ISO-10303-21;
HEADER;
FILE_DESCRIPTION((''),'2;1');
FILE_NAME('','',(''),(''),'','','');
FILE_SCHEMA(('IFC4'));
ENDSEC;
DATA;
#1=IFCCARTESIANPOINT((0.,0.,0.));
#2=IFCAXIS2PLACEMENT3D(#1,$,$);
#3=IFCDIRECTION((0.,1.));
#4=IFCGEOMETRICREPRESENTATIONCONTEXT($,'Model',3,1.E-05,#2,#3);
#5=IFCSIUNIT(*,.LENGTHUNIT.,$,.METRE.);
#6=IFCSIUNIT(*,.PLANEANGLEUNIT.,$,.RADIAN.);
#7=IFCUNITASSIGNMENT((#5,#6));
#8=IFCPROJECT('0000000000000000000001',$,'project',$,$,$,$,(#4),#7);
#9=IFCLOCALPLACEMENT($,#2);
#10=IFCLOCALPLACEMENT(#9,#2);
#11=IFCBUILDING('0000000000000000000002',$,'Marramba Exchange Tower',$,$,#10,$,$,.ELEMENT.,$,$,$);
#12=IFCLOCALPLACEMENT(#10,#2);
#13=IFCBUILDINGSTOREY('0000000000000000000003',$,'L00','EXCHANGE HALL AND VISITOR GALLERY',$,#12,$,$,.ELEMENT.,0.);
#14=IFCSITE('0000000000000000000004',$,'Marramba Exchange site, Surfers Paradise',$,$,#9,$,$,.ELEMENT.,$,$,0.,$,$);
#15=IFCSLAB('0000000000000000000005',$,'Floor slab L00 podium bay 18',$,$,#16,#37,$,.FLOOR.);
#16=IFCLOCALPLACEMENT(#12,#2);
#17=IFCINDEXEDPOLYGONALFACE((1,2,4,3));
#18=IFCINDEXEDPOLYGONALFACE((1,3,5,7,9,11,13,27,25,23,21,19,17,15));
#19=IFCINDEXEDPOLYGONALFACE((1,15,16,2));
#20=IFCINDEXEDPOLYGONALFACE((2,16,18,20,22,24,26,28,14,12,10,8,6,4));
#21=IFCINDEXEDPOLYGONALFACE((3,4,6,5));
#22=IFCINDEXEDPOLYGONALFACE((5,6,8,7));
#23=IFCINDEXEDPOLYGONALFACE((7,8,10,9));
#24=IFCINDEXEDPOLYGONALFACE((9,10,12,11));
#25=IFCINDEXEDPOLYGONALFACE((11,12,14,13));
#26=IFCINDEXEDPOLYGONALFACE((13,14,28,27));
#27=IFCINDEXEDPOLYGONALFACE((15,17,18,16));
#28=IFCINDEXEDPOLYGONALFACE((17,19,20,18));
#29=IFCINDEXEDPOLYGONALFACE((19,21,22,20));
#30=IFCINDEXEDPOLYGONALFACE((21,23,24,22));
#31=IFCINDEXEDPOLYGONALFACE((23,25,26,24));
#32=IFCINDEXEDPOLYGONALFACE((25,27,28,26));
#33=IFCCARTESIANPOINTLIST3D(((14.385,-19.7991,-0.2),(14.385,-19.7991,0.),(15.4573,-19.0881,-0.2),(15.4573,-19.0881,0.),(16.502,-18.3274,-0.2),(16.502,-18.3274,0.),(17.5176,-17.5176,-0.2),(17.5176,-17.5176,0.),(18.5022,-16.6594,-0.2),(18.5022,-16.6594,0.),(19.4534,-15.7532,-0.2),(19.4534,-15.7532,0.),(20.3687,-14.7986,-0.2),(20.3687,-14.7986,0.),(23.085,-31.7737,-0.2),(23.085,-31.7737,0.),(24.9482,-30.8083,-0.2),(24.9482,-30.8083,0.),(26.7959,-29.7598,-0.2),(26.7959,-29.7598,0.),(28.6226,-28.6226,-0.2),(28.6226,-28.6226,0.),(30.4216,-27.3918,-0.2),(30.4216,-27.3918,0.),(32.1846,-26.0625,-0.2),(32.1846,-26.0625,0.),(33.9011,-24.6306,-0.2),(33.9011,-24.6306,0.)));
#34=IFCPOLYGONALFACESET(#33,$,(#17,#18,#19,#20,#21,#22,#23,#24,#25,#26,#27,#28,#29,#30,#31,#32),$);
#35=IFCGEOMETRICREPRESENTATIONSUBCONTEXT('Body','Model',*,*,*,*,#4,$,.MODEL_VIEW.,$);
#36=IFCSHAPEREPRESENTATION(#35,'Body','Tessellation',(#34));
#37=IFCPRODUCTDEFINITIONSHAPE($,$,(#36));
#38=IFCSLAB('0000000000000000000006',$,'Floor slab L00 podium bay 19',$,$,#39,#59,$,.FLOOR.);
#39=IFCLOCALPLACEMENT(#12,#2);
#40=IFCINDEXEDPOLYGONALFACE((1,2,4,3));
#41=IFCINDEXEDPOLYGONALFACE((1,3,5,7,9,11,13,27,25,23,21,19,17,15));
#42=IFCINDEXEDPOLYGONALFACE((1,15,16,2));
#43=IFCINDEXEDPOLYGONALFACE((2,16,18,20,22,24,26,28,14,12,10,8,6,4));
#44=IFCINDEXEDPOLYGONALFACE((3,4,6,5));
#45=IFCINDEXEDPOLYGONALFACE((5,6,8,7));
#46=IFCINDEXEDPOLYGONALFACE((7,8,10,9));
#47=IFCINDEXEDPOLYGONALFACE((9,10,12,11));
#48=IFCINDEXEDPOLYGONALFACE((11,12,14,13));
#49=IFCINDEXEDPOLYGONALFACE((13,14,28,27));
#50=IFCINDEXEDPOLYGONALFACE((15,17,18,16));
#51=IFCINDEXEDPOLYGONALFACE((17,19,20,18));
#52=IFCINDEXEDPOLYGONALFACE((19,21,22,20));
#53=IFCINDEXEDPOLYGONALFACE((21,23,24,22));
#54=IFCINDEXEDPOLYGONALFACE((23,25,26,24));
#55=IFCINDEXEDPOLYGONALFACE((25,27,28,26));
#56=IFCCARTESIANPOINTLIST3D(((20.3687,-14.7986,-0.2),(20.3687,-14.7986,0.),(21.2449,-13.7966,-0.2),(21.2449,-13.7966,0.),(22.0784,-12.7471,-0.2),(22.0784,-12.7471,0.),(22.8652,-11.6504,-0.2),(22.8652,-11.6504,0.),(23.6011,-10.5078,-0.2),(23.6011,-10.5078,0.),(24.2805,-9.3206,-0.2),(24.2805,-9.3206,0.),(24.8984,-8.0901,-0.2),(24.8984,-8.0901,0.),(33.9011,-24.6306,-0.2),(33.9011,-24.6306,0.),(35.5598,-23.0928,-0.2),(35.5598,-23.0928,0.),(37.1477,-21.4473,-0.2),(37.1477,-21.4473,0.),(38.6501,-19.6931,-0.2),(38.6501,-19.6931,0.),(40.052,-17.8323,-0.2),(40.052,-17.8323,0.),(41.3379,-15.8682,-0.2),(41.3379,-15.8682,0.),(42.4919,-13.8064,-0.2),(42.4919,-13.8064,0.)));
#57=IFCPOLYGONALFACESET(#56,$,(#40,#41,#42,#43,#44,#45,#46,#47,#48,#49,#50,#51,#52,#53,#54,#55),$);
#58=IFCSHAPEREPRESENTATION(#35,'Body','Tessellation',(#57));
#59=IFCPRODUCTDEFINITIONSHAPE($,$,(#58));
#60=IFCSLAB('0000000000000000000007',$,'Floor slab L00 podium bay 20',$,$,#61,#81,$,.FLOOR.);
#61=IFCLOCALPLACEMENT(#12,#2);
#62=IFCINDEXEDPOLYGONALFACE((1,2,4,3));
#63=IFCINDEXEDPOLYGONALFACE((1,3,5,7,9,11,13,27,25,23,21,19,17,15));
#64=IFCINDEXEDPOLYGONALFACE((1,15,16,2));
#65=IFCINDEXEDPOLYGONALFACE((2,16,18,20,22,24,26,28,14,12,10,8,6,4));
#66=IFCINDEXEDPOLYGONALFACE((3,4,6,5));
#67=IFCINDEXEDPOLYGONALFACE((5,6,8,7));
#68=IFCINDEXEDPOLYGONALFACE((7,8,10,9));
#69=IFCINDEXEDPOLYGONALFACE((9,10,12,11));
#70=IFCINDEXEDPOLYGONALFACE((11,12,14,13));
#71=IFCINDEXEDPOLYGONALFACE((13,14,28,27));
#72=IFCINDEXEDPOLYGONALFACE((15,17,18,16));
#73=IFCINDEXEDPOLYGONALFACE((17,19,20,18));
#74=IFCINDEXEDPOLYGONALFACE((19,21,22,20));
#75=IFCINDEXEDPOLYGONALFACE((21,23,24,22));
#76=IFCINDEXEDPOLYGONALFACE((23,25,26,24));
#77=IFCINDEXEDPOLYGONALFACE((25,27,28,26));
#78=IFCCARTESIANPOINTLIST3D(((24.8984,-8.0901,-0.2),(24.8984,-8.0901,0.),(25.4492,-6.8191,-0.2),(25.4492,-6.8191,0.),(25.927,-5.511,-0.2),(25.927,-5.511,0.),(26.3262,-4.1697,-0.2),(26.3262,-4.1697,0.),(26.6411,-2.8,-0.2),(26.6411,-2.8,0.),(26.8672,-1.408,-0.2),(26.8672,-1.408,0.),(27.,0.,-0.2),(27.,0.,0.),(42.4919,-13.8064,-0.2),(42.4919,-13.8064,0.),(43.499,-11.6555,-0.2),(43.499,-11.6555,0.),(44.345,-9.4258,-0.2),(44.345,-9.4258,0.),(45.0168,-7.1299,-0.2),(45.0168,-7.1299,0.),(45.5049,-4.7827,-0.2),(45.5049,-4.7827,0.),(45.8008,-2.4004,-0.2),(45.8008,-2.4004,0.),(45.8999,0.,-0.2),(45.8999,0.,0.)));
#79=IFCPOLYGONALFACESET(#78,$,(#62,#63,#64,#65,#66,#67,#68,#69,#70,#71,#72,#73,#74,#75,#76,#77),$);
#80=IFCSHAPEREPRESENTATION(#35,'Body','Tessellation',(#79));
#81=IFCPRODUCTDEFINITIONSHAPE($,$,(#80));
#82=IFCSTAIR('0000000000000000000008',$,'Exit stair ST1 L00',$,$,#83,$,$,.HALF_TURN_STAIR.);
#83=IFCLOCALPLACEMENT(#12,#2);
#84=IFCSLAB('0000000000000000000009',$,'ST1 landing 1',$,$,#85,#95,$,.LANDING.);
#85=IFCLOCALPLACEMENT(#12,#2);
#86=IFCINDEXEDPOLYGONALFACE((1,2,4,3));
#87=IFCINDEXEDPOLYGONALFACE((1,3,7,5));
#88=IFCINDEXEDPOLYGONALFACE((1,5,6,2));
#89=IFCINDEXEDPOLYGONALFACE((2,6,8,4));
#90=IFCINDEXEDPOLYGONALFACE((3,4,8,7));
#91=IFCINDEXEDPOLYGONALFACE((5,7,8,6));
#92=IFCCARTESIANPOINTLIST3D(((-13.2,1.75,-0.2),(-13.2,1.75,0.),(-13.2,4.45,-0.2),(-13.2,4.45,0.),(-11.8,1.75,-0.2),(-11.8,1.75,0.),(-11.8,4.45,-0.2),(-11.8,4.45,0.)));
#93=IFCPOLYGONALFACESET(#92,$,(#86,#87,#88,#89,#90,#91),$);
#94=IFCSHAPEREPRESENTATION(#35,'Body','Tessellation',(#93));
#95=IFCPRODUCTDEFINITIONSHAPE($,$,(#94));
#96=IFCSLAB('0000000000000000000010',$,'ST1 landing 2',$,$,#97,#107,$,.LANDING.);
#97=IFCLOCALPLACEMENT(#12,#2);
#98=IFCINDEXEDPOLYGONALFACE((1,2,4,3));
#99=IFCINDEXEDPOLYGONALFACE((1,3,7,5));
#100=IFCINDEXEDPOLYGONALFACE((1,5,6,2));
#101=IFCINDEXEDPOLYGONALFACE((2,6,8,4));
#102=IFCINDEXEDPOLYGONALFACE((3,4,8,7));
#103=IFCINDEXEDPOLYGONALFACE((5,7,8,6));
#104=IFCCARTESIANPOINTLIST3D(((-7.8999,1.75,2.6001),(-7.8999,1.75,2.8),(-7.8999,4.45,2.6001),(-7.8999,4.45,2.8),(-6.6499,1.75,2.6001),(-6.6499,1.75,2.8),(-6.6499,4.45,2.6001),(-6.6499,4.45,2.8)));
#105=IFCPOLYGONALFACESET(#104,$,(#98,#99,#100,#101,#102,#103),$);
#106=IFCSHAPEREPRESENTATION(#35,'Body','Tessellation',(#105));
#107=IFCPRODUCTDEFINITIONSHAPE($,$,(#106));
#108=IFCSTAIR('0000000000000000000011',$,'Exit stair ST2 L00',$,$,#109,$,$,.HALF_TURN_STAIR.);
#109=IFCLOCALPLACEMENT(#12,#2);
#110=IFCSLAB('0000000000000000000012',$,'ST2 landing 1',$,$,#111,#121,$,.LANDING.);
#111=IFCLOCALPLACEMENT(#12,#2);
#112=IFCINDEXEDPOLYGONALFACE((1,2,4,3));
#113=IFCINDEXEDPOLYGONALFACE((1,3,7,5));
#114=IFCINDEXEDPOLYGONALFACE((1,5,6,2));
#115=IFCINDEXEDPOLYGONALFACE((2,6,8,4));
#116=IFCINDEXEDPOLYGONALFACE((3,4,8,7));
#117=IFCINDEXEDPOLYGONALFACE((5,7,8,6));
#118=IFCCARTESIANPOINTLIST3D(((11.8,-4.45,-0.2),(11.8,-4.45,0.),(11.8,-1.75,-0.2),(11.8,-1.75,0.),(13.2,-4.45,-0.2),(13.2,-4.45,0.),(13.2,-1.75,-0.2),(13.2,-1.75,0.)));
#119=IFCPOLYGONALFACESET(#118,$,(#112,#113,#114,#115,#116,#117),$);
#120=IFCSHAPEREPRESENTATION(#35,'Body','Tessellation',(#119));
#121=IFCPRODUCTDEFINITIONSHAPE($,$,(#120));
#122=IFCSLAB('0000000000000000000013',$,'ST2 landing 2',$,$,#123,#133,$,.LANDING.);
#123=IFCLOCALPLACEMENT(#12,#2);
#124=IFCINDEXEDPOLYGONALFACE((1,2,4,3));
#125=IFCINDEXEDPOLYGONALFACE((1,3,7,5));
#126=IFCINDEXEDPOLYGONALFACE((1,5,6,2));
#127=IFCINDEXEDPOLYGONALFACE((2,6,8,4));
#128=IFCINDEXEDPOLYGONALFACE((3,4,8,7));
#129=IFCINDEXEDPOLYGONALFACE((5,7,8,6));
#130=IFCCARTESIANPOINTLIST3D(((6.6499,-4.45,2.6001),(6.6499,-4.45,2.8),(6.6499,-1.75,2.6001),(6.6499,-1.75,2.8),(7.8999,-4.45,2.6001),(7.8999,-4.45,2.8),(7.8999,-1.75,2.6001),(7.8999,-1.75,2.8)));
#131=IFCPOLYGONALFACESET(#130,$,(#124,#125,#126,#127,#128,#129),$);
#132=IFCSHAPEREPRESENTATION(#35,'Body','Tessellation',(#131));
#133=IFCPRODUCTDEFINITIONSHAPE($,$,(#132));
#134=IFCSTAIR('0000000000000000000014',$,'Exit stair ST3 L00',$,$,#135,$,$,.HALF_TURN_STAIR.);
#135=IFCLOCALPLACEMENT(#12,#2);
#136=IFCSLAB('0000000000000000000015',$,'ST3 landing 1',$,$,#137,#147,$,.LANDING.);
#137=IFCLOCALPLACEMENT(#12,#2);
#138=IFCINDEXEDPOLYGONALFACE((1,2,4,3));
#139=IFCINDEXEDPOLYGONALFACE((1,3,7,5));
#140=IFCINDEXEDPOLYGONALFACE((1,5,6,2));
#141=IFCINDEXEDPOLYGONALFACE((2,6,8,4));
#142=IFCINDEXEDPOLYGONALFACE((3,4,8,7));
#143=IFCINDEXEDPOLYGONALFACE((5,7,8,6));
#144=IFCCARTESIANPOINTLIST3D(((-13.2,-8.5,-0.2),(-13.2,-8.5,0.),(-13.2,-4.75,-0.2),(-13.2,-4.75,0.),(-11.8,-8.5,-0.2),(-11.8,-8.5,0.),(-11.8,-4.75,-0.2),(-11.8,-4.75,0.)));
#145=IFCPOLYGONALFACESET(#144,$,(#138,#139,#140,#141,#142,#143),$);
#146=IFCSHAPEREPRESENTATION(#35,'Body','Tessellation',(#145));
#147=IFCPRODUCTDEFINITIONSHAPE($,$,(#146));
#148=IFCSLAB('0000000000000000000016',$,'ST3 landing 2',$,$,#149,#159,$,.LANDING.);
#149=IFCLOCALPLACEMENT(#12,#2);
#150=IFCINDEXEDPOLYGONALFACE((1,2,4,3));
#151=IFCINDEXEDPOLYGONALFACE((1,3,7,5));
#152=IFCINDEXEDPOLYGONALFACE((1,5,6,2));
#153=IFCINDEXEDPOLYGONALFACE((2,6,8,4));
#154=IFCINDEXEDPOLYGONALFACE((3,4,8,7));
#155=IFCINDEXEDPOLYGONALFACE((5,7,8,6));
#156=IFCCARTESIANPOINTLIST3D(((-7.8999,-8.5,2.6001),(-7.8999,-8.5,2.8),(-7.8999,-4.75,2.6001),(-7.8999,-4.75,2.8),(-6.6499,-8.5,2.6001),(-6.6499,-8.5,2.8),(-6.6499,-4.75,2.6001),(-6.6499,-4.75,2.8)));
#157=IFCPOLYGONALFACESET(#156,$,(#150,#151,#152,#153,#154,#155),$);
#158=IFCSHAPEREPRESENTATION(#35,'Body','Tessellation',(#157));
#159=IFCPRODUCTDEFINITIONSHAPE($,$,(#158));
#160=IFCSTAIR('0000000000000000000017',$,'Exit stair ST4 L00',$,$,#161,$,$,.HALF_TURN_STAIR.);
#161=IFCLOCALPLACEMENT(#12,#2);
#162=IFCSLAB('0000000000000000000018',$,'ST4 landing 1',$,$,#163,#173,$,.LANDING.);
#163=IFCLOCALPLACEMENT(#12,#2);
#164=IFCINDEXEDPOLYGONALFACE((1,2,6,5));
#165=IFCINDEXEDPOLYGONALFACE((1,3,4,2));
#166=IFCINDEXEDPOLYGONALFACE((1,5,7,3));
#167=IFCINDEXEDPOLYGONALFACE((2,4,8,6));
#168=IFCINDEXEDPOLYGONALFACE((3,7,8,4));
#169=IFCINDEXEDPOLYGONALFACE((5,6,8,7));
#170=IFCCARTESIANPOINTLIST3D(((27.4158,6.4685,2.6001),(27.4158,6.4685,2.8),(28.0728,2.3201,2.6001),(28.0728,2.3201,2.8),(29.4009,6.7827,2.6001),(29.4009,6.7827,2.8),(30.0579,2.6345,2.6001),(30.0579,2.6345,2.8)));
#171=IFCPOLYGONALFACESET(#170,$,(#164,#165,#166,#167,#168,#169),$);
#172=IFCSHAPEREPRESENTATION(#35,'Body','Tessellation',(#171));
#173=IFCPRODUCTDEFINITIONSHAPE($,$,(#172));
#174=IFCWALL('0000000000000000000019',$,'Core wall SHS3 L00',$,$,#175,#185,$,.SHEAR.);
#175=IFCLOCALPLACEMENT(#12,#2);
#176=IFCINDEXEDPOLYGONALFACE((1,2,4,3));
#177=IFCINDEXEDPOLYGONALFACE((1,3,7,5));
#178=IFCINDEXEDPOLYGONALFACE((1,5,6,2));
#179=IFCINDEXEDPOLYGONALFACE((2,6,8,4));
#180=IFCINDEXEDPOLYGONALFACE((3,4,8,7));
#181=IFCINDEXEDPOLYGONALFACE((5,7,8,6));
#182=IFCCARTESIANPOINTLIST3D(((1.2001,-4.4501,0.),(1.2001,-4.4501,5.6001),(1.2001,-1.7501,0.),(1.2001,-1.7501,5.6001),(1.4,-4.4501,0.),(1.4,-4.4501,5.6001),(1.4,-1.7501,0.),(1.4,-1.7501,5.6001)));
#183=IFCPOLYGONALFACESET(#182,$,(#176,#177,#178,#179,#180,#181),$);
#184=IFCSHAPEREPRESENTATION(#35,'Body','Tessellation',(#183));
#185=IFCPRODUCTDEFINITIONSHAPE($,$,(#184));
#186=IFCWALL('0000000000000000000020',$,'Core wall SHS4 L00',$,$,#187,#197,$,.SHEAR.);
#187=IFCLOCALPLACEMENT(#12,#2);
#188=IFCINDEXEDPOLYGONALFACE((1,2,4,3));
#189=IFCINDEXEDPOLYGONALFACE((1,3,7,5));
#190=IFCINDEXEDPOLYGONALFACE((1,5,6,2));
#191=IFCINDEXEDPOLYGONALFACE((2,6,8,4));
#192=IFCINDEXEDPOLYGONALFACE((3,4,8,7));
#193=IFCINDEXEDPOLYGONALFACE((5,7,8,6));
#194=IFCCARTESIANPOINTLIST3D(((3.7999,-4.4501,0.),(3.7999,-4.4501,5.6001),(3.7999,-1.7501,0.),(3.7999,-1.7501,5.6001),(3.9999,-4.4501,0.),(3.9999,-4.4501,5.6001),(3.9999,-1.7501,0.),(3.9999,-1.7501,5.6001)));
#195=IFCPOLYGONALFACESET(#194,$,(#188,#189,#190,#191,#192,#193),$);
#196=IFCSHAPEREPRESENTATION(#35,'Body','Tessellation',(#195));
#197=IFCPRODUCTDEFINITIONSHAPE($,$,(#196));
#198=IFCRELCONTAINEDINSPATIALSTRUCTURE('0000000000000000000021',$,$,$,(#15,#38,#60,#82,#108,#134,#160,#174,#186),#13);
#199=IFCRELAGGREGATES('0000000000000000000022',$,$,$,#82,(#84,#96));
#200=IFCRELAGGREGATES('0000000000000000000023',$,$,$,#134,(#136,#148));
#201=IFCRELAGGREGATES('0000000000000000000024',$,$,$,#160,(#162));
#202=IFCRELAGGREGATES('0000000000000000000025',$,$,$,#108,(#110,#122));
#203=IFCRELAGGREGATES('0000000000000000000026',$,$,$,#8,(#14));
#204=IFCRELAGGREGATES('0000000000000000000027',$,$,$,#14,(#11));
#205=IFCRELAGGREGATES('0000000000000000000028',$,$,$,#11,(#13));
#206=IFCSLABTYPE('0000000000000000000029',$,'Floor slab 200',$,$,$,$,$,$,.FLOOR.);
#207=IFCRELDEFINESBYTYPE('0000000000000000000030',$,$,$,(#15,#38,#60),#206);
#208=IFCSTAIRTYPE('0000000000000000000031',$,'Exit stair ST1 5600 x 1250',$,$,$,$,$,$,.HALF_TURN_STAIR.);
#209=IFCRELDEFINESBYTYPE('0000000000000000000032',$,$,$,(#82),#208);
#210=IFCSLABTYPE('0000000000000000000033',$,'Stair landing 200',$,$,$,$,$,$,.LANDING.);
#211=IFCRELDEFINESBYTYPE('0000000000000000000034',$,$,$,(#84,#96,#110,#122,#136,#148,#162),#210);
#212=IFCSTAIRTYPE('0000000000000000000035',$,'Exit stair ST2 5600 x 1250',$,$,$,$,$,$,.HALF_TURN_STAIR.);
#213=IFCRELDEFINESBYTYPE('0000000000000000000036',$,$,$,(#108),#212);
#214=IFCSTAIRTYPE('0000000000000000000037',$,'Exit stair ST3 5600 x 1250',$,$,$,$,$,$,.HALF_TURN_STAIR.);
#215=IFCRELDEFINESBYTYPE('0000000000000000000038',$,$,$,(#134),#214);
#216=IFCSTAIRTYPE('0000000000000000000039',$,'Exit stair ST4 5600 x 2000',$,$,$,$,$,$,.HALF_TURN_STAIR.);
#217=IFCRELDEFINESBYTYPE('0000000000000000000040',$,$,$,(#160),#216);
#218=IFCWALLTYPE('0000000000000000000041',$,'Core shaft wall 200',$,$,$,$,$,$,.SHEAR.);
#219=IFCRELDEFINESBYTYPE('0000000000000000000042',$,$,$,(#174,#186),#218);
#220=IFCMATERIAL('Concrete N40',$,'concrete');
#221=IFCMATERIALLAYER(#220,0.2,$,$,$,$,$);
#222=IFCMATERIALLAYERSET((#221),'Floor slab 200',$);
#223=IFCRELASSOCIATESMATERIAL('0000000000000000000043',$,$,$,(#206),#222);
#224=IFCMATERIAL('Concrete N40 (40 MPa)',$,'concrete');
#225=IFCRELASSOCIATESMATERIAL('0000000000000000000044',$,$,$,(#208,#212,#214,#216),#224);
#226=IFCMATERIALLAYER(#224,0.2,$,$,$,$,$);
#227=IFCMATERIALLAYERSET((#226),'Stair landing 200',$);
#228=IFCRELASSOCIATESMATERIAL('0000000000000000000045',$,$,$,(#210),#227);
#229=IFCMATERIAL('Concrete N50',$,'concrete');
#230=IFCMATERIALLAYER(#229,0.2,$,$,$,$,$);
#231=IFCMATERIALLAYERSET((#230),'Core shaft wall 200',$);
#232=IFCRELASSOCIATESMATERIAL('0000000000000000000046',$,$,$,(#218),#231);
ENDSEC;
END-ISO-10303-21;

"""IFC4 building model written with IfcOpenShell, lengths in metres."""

from ifc_helpers import new_model, si_unit, direction, frame, frame_2d, origin, place, context, subcontext, project, spatial, polyline, rectangle, outline, extrude, material, layer, layer_set, type_object, element, aggregate, save


model = new_model("IFC4")

# Units and contexts
model_context = context("Model", 3, precision=1e-05, world=origin(), true_north=direction((0.0, 1.0)))
body_context = subcontext(model_context, "Body", "Model", "MODEL_VIEW")
ifc_project = project(units=[si_unit("LENGTHUNIT", "METRE"), si_unit("PLANEANGLEUNIT", "RADIAN")], contexts=[model_context])

# Site, building, storey
site_placement = place(None, origin())
site = spatial("IfcSite", under=ifc_project, at=site_placement, Name="Marramba Exchange site, Surfers Paradise", CompositionType="ELEMENT", RefElevation=0.0)
building_placement = place(site_placement, origin())
building = spatial("IfcBuilding", under=site, at=building_placement, Name="Marramba Exchange Tower", CompositionType="ELEMENT")
storey_placement = place(building_placement, origin())
storey = spatial("IfcBuildingStorey", under=building, at=storey_placement, Name="L00", Description="EXCHANGE HALL AND VISITOR GALLERY", CompositionType="ELEMENT", Elevation=0.0)

# Slabs
ifc_material_1 = material(Name="Concrete N40", Category="concrete")
ifc_layer_1 = layer(ifc_material_1, 0.2)
ifc_layer_set_1 = layer_set([ifc_layer_1], Name="Floor slab 200")
slab_type_1 = type_object("IfcSlabType", Name="Floor slab 200", PredefinedType="FLOOR", material=ifc_layer_set_1)
slab_1_placement = place(storey_placement, frame((0.0, 0.0, -0.2)))
element("IfcSlab", 1, at=slab_1_placement, inside=storey, type_object=slab_type_1, Name="Floor slab L00 podium bay 18", PredefinedType="FLOOR", context=body_context, shape_type="SweptSolid", body=[
    extrude(outline(polyline([(32.1846, -26.0625), (30.4216, -27.3918), (28.6226, -28.6226), (26.7959, -29.7598), (24.9482, -30.8083), (23.085, -31.7737), (14.385, -19.7991), (15.4573, -19.0881), (16.502, -18.3274), (17.5176, -17.5176), (18.5022, -16.6594), (19.4534, -15.7532), (20.3687, -14.7986), (33.9011, -24.6306), (32.1846, -26.0625)])), origin(), (0.0, 0.0, 1.0), 0.2),
])
slab_2_placement = place(storey_placement, frame((0.0, 0.0, -0.2)))
element("IfcSlab", 2, at=slab_2_placement, inside=storey, type_object=slab_type_1, Name="Floor slab L00 podium bay 19", PredefinedType="FLOOR", context=body_context, shape_type="SweptSolid", body=[
    extrude(outline(polyline([(42.4919, -13.8064), (41.3379, -15.8682), (40.052, -17.8323), (38.6501, -19.6931), (37.1477, -21.4473), (35.5598, -23.0928), (33.9011, -24.6306), (20.3687, -14.7986), (21.2449, -13.7966), (22.0784, -12.7471), (22.8652, -11.6504), (23.6011, -10.5078), (24.2805, -9.3206), (24.8984, -8.0901), (42.4919, -13.8064)])), origin(), (0.0, 0.0, 1.0), 0.2),
])
slab_3_placement = place(storey_placement, frame((0.0, 0.0, -0.2)))
element("IfcSlab", 3, at=slab_3_placement, inside=storey, type_object=slab_type_1, Name="Floor slab L00 podium bay 20", PredefinedType="FLOOR", context=body_context, shape_type="SweptSolid", body=[
    extrude(outline(polyline([(45.5049, -4.7827), (45.0168, -7.1299), (44.345, -9.4258), (43.499, -11.6555), (42.4919, -13.8064), (24.8984, -8.0901), (25.4492, -6.8191), (25.927, -5.511), (26.3262, -4.1697), (26.6411, -2.8), (26.8672, -1.408), (27.0, 0.0), (45.8999, 0.0), (45.8008, -2.4004), (45.5049, -4.7827)])), origin(), (0.0, 0.0, 1.0), 0.2),
])

# Stairs, slabs
ifc_material_2 = material(Name="Concrete N40 (40 MPa)", Category="concrete")
stair_type_1 = type_object("IfcStairType", Name="Exit stair ST1 5600 x 1250", PredefinedType="HALF_TURN_STAIR", material=ifc_material_2)
stair_1_placement = place(storey_placement, origin())
stair_1 = element("IfcStair", 4, at=stair_1_placement, inside=storey, type_object=stair_type_1, Name="Exit stair ST1 L00", PredefinedType="HALF_TURN_STAIR")
ifc_layer_2 = layer(ifc_material_2, 0.2)
ifc_layer_set_2 = layer_set([ifc_layer_2], Name="Stair landing 200")
slab_type_2 = type_object("IfcSlabType", Name="Stair landing 200", PredefinedType="LANDING", material=ifc_layer_set_2)
slab_4_placement = place(storey_placement, frame((0.0, 0.0, -0.2)))
slab_4 = element("IfcSlab", 5, at=slab_4_placement, type_object=slab_type_2, Name="ST1 landing 1", PredefinedType="LANDING", context=body_context, shape_type="SweptSolid", body=[
    extrude(outline(polyline([(-13.2, 1.75), (-11.8, 1.75), (-11.8, 4.45), (-13.2, 4.45), (-13.2, 1.75)])), origin(), (0.0, 0.0, 1.0), 0.2),
])
slab_5_placement = place(storey_placement, frame((0.0, 0.0, 2.6001)))
slab_5 = element("IfcSlab", 6, at=slab_5_placement, type_object=slab_type_2, Name="ST1 landing 2", PredefinedType="LANDING", context=body_context, shape_type="SweptSolid", body=[
    extrude(outline(polyline([(-7.8999, 1.75), (-6.6499, 1.75), (-6.6499, 4.45), (-7.8999, 4.45), (-7.8999, 1.75)])), origin(), (0.0, 0.0, 1.0), 0.2),
])
aggregate(stair_1, [slab_4, slab_5])
stair_type_2 = type_object("IfcStairType", Name="Exit stair ST2 5600 x 1250", PredefinedType="HALF_TURN_STAIR", material=ifc_material_2)
stair_2_placement = place(storey_placement, origin())
stair_2 = element("IfcStair", 7, at=stair_2_placement, inside=storey, type_object=stair_type_2, Name="Exit stair ST2 L00", PredefinedType="HALF_TURN_STAIR")
slab_6_placement = place(storey_placement, frame((0.0, 0.0, -0.2)))
slab_6 = element("IfcSlab", 8, at=slab_6_placement, type_object=slab_type_2, Name="ST2 landing 1", PredefinedType="LANDING", context=body_context, shape_type="SweptSolid", body=[
    extrude(outline(polyline([(11.8, -4.45), (13.2, -4.45), (13.2, -1.75), (11.8, -1.75), (11.8, -4.45)])), origin(), (0.0, 0.0, 1.0), 0.2),
])
slab_7_placement = place(storey_placement, frame((0.0, 0.0, 2.6001)))
slab_7 = element("IfcSlab", 9, at=slab_7_placement, type_object=slab_type_2, Name="ST2 landing 2", PredefinedType="LANDING", context=body_context, shape_type="SweptSolid", body=[
    extrude(outline(polyline([(6.6499, -4.45), (7.8999, -4.45), (7.8999, -1.75), (6.6499, -1.75), (6.6499, -4.45)])), origin(), (0.0, 0.0, 1.0), 0.2),
])
stair_type_3 = type_object("IfcStairType", Name="Exit stair ST3 5600 x 1250", PredefinedType="HALF_TURN_STAIR", material=ifc_material_2)
stair_3_placement = place(storey_placement, origin())
stair_3 = element("IfcStair", 10, at=stair_3_placement, inside=storey, type_object=stair_type_3, Name="Exit stair ST3 L00", PredefinedType="HALF_TURN_STAIR")
slab_8_placement = place(storey_placement, frame((0.0, 0.0, -0.2)))
slab_8 = element("IfcSlab", 11, at=slab_8_placement, type_object=slab_type_2, Name="ST3 landing 1", PredefinedType="LANDING", context=body_context, shape_type="SweptSolid", body=[
    extrude(outline(polyline([(-13.2, -8.5), (-11.8, -8.5), (-11.8, -4.75), (-13.2, -4.75), (-13.2, -8.5)])), origin(), (0.0, 0.0, 1.0), 0.2),
])
slab_9_placement = place(storey_placement, frame((0.0, 0.0, 2.6001)))
slab_9 = element("IfcSlab", 12, at=slab_9_placement, type_object=slab_type_2, Name="ST3 landing 2", PredefinedType="LANDING", context=body_context, shape_type="SweptSolid", body=[
    extrude(outline(polyline([(-7.8999, -8.5), (-6.6499, -8.5), (-6.6499, -4.75), (-7.8999, -4.75), (-7.8999, -8.5)])), origin(), (0.0, 0.0, 1.0), 0.2),
])
aggregate(stair_3, [slab_8, slab_9])

# Stair, slab
stair_type_4 = type_object("IfcStairType", Name="Exit stair ST4 5600 x 2000", PredefinedType="HALF_TURN_STAIR", material=ifc_material_2)
stair_4_placement = place(storey_placement, origin())
stair_4 = element("IfcStair", 13, at=stair_4_placement, inside=storey, type_object=stair_type_4, Name="Exit stair ST4 L00", PredefinedType="HALF_TURN_STAIR")
slab_10_placement = place(storey_placement, frame((0.0, 0.0, 2.6001)))
slab_10 = element("IfcSlab", 14, at=slab_10_placement, type_object=slab_type_2, Name="ST4 landing 1", PredefinedType="LANDING", context=body_context, shape_type="SweptSolid", body=[
    extrude(outline(polyline([(28.0728, 2.3201), (30.0579, 2.6345), (29.4009, 6.7827), (27.4158, 6.4685), (28.0728, 2.3201)])), origin(), (0.0, 0.0, 1.0), 0.2),
])
aggregate(stair_4, [slab_10])

# Walls
ifc_material_3 = material(Name="Concrete N50", Category="concrete")
ifc_layer_3 = layer(ifc_material_3, 0.2)
ifc_layer_set_3 = layer_set([ifc_layer_3], Name="Core shaft wall 200")
wall_type_1 = type_object("IfcWallType", Name="Core shaft wall 200", PredefinedType="SHEAR", material=ifc_layer_set_3)
for number, where, z_axis, x_axis, name in (
    (15, (1.3, -1.75, 0.0), (0.0, 0.0, 1.0), (0.0, -1.0, 0.0), "Core wall SHS3 L00"),
    (16, (3.8999, -1.75, 0.0), (0.0, 0.0, 1.0), (0.0, -1.0, 0.0), "Core wall SHS4 L00"),
):
    element("IfcWall", number, at=place(storey_placement, frame(where, z_axis=z_axis, x_axis=x_axis)), inside=storey, type_object=wall_type_1, Name=name, PredefinedType="SHEAR", context=body_context, shape_type="SweptSolid", body=[
        extrude(rectangle(XDim=2.7, YDim=0.2, at=frame_2d((1.3501, 0.0))), origin(), (0.0, 0.0, 1.0), 5.6001),
    ])

aggregate(stair_2, [slab_6, slab_7])

save(model, "model.ifc")
